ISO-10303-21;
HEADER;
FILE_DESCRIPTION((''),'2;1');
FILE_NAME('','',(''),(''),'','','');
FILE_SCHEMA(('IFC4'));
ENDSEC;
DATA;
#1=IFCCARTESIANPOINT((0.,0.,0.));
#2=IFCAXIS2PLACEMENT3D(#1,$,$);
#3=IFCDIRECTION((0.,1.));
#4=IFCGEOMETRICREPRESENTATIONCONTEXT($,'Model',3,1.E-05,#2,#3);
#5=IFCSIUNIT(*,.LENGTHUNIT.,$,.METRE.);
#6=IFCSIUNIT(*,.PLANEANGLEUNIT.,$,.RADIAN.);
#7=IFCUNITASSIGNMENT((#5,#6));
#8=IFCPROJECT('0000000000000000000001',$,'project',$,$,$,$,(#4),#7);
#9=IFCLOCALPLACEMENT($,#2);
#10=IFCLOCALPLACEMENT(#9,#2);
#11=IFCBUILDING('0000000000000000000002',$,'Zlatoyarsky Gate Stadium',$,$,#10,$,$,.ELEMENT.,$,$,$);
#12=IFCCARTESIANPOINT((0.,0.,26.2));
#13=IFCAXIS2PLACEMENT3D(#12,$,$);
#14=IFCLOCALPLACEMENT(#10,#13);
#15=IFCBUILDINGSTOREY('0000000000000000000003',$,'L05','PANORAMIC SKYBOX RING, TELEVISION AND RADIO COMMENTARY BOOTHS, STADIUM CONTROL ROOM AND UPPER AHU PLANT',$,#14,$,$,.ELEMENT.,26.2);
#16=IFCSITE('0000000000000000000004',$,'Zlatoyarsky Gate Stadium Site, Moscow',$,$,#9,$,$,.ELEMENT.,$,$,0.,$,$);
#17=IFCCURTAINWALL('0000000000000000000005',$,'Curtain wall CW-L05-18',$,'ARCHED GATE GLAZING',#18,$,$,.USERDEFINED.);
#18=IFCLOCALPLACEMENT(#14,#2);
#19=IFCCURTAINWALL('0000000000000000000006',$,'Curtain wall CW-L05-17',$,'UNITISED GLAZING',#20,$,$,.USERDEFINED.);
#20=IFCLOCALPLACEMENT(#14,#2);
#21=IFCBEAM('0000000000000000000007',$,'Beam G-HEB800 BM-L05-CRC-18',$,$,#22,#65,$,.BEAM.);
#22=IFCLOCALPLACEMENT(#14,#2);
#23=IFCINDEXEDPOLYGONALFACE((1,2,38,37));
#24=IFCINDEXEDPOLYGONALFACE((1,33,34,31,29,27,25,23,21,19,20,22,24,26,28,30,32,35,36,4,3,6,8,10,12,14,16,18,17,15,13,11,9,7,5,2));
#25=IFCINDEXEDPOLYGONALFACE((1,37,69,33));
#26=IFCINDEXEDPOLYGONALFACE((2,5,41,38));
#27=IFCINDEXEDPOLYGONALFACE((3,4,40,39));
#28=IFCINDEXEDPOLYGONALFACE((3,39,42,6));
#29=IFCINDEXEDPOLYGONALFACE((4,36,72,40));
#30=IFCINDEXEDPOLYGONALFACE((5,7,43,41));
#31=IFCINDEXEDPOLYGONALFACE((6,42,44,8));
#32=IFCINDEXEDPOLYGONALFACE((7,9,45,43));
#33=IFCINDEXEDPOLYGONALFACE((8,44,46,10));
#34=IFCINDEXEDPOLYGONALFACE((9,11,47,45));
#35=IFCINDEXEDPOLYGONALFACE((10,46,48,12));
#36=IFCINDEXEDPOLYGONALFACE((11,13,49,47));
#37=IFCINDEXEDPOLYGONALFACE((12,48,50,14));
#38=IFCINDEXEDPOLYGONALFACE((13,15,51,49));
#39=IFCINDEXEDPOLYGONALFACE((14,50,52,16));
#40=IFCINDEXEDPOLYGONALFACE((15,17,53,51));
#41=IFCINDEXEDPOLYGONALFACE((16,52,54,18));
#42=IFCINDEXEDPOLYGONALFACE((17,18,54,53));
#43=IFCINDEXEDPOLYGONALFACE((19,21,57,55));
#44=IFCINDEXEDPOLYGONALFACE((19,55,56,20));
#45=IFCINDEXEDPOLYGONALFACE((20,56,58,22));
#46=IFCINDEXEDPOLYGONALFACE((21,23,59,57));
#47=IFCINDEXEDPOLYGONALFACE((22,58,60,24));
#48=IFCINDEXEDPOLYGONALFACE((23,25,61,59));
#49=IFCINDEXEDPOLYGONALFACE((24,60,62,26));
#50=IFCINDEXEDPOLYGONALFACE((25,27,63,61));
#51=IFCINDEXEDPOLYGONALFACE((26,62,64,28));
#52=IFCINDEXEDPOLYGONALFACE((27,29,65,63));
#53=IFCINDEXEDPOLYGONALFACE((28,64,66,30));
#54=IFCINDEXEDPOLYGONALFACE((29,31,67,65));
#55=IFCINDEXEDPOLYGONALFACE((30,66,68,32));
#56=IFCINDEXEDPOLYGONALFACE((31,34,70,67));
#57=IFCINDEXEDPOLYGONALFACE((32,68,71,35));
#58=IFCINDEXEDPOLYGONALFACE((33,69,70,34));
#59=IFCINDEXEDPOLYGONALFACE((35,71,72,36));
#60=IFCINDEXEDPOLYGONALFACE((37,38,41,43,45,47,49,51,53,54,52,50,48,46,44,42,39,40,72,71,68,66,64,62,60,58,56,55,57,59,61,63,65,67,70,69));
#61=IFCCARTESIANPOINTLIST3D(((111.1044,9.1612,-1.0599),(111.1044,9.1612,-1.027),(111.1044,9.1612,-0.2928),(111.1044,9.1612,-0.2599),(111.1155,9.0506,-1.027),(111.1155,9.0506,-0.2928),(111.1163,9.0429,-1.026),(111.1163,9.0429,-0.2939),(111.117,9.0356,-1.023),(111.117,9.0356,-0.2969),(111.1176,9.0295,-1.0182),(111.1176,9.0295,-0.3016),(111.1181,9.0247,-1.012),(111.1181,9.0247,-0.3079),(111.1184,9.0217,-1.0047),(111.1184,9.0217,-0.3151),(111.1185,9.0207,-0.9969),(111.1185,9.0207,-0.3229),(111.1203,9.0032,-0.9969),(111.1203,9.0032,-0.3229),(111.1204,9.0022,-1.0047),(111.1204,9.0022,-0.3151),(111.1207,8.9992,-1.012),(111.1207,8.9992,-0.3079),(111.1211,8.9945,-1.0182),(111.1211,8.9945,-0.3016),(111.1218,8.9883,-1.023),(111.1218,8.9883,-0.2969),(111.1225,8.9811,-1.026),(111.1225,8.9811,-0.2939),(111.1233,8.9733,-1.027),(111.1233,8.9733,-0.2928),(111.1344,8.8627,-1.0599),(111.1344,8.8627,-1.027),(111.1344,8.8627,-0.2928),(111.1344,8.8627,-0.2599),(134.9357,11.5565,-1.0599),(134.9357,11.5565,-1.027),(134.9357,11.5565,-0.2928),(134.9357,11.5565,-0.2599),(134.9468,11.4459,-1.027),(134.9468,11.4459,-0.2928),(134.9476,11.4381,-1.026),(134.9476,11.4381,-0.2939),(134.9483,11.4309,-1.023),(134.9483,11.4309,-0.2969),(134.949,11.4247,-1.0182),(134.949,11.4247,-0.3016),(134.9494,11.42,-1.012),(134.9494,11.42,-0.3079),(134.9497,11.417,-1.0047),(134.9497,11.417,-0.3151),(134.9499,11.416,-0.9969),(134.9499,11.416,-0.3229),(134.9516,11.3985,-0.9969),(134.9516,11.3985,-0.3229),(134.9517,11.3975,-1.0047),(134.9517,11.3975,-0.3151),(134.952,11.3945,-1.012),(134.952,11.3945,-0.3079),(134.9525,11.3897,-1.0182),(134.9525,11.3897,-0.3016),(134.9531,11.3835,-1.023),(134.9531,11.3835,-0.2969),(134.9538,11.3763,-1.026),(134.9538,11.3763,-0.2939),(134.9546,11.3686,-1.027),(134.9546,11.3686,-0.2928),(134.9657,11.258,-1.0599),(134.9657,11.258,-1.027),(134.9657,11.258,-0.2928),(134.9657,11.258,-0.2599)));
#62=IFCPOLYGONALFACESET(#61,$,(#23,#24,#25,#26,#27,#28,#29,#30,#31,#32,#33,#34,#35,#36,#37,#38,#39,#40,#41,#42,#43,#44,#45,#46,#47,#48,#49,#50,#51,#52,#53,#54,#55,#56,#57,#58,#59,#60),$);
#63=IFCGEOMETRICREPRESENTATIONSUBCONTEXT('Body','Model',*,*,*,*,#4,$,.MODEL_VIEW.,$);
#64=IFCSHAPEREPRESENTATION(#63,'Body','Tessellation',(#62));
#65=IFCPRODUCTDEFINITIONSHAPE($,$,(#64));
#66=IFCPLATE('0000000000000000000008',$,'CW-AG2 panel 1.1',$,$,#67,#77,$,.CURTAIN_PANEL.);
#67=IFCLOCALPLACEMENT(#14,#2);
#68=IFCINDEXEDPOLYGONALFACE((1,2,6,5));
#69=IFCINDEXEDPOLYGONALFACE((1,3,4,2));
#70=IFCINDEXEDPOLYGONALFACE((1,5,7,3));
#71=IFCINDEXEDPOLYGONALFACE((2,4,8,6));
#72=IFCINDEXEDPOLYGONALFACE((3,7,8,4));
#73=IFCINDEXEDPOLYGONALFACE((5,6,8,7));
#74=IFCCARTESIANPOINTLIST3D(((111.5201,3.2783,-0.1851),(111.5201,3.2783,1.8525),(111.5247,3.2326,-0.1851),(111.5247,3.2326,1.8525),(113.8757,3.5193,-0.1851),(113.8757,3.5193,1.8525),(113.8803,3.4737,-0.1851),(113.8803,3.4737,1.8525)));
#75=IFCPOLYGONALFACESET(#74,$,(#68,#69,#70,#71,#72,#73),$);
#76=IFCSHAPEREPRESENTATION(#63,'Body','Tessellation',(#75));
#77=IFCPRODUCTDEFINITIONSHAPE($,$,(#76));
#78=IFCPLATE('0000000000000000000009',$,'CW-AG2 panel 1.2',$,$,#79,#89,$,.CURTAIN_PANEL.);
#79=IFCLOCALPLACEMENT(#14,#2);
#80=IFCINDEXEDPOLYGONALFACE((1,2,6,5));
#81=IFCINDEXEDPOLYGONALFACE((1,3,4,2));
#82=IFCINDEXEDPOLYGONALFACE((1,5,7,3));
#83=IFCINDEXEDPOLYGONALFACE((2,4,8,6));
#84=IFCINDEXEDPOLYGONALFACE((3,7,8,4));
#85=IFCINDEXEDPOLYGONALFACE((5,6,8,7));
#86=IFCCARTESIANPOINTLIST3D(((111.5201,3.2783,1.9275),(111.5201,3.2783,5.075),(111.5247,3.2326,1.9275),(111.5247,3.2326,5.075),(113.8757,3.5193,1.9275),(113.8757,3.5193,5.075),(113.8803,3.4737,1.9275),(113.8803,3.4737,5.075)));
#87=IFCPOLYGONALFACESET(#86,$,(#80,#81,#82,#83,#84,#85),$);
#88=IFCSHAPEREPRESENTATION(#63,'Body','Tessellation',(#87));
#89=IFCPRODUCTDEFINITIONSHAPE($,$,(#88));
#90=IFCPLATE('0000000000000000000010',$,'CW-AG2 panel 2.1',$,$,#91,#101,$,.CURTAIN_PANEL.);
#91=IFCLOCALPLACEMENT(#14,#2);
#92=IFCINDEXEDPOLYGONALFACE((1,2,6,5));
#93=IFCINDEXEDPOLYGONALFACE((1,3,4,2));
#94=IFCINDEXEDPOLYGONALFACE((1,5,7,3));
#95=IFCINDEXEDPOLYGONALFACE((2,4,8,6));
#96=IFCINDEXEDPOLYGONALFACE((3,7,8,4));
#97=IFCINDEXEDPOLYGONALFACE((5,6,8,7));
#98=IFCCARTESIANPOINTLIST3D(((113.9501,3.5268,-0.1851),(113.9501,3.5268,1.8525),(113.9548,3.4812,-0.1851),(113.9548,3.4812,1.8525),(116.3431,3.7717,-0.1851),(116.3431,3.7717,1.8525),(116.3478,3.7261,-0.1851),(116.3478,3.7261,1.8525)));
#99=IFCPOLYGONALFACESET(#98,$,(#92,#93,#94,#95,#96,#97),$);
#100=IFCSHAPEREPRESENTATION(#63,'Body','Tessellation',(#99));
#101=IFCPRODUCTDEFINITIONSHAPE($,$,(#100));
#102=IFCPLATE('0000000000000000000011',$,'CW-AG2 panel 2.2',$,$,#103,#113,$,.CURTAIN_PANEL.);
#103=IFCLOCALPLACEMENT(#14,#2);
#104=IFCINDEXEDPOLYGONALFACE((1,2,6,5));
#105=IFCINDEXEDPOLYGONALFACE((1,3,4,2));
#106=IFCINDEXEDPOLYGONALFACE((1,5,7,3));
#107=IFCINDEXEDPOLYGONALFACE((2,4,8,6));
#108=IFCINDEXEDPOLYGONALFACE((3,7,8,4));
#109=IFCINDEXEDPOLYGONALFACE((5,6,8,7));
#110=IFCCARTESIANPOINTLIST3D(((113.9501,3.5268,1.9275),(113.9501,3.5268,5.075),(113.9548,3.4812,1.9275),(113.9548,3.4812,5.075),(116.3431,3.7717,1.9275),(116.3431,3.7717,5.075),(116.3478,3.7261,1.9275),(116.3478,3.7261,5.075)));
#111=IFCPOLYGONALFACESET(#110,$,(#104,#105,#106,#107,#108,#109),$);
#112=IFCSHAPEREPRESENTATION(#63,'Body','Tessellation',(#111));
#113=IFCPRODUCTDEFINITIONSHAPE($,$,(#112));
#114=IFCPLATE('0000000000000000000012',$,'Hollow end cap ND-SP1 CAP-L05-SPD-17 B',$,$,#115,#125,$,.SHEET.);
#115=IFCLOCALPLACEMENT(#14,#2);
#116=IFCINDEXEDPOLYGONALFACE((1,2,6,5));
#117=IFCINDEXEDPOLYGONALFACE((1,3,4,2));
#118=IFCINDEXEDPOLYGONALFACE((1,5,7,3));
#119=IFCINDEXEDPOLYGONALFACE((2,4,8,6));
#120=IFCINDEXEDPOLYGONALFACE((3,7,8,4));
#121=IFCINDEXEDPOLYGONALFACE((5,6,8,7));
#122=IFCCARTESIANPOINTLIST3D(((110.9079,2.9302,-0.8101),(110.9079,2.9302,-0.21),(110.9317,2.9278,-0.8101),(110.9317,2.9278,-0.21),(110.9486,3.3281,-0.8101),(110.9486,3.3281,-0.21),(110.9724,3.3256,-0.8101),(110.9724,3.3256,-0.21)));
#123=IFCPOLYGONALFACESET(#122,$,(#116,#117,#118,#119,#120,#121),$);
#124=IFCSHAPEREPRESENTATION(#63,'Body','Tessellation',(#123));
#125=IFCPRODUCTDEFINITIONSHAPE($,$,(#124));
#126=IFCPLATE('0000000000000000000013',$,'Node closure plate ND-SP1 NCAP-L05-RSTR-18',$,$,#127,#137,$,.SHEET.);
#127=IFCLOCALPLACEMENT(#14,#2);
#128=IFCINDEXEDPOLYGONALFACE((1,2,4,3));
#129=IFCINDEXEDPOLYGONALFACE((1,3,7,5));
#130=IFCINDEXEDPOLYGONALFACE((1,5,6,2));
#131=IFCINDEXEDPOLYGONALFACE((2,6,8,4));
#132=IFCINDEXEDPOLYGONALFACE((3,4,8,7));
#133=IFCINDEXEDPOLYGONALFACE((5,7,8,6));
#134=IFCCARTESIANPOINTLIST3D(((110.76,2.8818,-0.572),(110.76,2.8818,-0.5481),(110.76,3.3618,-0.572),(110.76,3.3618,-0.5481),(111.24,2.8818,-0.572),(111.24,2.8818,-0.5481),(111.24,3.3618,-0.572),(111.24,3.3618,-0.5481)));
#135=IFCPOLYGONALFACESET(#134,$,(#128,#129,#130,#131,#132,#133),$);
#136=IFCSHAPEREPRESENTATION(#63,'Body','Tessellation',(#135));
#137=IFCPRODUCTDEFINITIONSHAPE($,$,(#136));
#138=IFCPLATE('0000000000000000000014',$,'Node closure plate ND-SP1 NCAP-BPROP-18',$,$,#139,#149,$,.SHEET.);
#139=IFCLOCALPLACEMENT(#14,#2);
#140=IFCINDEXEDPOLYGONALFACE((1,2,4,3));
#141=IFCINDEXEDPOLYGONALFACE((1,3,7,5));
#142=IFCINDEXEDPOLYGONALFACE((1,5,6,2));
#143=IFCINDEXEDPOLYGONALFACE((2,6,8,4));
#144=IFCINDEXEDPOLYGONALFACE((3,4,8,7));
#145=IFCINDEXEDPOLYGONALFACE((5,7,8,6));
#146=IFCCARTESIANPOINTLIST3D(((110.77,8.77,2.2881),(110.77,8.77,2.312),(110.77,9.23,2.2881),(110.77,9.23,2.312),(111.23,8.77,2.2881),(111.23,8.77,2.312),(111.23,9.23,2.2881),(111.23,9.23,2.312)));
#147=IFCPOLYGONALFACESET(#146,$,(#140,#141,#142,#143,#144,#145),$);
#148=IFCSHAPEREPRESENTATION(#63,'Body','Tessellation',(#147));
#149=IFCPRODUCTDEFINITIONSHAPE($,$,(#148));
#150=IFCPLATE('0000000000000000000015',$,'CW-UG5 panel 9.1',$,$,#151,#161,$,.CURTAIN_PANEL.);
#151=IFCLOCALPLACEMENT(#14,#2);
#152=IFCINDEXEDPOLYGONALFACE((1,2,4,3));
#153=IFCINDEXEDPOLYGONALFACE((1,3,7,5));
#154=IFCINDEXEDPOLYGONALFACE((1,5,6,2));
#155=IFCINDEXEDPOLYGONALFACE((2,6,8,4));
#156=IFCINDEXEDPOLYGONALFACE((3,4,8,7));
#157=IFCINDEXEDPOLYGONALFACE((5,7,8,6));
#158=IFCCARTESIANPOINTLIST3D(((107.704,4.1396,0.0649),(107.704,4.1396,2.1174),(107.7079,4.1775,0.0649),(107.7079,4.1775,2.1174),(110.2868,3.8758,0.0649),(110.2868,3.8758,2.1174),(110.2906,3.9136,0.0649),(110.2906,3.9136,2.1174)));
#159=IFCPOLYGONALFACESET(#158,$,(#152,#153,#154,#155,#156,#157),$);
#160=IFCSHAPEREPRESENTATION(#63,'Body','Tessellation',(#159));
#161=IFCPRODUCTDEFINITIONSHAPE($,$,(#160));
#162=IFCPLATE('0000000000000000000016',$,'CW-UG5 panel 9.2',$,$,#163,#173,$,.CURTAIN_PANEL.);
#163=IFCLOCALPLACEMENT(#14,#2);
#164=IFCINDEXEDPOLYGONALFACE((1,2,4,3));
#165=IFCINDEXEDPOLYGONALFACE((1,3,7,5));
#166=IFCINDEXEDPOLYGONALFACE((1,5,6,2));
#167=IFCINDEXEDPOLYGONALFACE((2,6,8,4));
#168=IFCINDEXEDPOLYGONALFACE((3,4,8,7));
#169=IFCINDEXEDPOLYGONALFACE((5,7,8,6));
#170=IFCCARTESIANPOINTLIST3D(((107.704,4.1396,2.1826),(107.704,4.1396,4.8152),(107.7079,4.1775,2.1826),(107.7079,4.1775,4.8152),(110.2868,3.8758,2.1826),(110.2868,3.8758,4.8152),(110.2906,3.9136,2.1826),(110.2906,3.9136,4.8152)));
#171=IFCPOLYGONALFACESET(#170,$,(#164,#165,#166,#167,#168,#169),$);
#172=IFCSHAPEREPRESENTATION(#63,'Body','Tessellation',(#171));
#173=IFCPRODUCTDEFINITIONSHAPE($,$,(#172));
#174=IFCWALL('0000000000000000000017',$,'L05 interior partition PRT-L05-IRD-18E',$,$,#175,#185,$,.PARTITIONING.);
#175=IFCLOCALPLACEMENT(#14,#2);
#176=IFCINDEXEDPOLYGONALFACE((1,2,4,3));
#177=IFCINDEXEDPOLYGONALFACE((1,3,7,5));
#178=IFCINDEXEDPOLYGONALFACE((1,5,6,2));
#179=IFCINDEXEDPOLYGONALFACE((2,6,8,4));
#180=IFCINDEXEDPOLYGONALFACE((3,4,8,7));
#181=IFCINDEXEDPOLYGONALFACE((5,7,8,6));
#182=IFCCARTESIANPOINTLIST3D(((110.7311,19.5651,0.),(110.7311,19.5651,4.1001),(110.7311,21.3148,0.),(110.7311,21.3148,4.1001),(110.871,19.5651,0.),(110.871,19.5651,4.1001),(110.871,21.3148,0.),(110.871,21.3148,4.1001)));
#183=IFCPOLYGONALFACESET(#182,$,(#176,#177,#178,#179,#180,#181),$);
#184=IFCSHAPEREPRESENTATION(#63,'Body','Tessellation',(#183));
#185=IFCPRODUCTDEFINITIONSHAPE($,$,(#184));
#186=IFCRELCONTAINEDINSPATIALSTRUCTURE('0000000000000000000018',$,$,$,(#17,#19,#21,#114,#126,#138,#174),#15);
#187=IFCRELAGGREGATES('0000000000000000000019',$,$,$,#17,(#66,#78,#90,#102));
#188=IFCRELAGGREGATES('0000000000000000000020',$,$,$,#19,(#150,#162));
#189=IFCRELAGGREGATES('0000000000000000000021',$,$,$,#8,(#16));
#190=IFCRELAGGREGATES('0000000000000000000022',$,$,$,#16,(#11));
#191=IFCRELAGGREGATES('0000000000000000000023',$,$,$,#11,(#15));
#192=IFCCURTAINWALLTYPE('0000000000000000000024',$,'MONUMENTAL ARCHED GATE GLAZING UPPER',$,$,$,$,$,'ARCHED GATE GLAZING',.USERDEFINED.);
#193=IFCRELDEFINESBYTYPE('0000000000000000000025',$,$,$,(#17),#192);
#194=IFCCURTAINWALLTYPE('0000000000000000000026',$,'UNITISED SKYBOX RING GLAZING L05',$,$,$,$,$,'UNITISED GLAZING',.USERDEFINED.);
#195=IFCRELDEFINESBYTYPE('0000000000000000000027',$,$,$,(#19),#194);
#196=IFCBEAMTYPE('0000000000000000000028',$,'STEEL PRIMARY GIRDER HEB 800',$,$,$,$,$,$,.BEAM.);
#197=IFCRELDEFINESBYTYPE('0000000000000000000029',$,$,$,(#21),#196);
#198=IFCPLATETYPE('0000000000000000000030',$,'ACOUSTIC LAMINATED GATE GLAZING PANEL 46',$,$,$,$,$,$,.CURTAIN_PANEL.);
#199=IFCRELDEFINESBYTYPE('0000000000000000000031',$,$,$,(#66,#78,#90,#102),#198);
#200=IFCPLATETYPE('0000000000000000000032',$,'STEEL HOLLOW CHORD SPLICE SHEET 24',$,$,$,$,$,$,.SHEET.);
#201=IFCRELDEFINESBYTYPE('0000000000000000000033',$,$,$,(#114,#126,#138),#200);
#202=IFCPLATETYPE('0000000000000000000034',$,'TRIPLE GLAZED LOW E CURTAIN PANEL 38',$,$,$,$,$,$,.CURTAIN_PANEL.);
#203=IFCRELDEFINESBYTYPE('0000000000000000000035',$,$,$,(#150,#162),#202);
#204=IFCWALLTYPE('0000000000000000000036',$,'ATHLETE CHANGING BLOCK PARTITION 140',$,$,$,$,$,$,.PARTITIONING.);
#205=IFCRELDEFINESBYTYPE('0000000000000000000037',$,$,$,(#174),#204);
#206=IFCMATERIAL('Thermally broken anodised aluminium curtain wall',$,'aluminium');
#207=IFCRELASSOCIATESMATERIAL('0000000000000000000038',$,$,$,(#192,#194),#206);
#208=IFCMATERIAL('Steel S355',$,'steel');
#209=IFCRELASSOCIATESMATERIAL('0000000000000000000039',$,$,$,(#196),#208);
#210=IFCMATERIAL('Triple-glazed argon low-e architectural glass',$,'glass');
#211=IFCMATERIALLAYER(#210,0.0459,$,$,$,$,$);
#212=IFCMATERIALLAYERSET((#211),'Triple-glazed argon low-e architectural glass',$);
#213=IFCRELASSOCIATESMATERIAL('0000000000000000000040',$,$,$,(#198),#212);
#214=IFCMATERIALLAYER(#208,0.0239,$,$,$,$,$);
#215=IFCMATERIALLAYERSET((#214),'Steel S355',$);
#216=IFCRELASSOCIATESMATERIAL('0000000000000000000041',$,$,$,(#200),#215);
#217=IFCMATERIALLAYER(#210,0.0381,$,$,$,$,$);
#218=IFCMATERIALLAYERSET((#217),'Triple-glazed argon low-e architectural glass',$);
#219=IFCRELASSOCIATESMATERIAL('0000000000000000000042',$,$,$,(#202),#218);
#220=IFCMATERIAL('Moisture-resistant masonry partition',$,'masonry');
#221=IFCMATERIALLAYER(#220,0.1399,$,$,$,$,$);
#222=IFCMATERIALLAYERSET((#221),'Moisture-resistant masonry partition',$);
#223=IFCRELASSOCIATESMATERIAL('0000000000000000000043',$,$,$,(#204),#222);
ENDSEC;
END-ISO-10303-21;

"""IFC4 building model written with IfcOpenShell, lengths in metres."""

from ifc_helpers import new_model, si_unit, direction, frame, frame_2d, origin, origin_2d, place, context, subcontext, project, spatial, rectangle, i_section, extrude, material, layer, layer_set, material_profile, profile_set, type_object, element, aggregate, save


model = new_model("IFC4")

# Units and contexts
model_context = context("Model", 3, precision=1e-05, world=origin(), true_north=direction((0.0, 1.0)))
body_context = subcontext(model_context, "Body", "Model", "MODEL_VIEW")
ifc_project = project(units=[si_unit("LENGTHUNIT", "METRE"), si_unit("PLANEANGLEUNIT", "RADIAN")], contexts=[model_context])

# Site, building, storey
site_placement = place(None, origin())
site = spatial("IfcSite", under=ifc_project, at=site_placement, Name="Zlatoyarsky Gate Stadium Site, Moscow", CompositionType="ELEMENT", RefElevation=0.0)
building_placement = place(site_placement, origin())
building = spatial("IfcBuilding", under=site, at=building_placement, Name="Zlatoyarsky Gate Stadium", CompositionType="ELEMENT")
storey_placement = place(building_placement, frame((0.0, 0.0, 26.2)))
storey = spatial("IfcBuildingStorey", under=building, at=storey_placement, Name="L05", Description="PANORAMIC SKYBOX RING, TELEVISION AND RADIO COMMENTARY BOOTHS, STADIUM CONTROL ROOM AND UPPER AHU PLANT", CompositionType="ELEMENT", Elevation=26.2)

# Shared definitions
ifc_material_1 = material(Name="Steel S355", Category="steel")

# Curtain wall
ifc_material_2 = material(Name="Thermally broken anodised aluminium curtain wall", Category="aluminium")
curtain_wall_type_1 = type_object("IfcCurtainWallType", Name="MONUMENTAL ARCHED GATE GLAZING UPPER", ElementType="ARCHED GATE GLAZING", PredefinedType="USERDEFINED", material=ifc_material_2)
curtain_wall_1_placement = place(storey_placement, origin())
curtain_wall_1 = element("IfcCurtainWall", 1, at=curtain_wall_1_placement, inside=storey, type_object=curtain_wall_type_1, Name="Curtain wall CW-L05-18", ObjectType="ARCHED GATE GLAZING", PredefinedType="USERDEFINED")

# Curtain wall
curtain_wall_type_2 = type_object("IfcCurtainWallType", Name="UNITISED SKYBOX RING GLAZING L05", ElementType="UNITISED GLAZING", PredefinedType="USERDEFINED", material=ifc_material_2)
curtain_wall_2_placement = place(storey_placement, origin())
curtain_wall_2 = element("IfcCurtainWall", 2, at=curtain_wall_2_placement, inside=storey, type_object=curtain_wall_type_2, Name="Curtain wall CW-L05-17", ObjectType="UNITISED GLAZING", PredefinedType="USERDEFINED")

# Beam
ifc_material_profile_1 = material_profile(ifc_material_1, i_section(OverallWidth=0.3, OverallDepth=0.8, WebThickness=0.0176, FlangeThickness=0.033, FilletRadius=0.03, at=origin_2d()), Name="HEB 800")
ifc_profile_set_1 = profile_set([ifc_material_profile_1], Name="Steel S355")
beam_type_1 = type_object("IfcBeamType", Name="STEEL PRIMARY GIRDER HEB 800", PredefinedType="BEAM", material=ifc_profile_set_1)
beam_1_placement = place(storey_placement, frame((111.1194, 9.012, -0.6599), z_axis=(0.994987, 0.100005, 0.0), x_axis=(-0.100005, 0.994987, 0.0)))
element("IfcBeam", 3, at=beam_1_placement, inside=storey, type_object=beam_type_1, Name="Beam G-HEB800 BM-L05-CRC-18", PredefinedType="BEAM", context=body_context, shape_type="SweptSolid", body=[
    extrude(i_section(OverallWidth=0.3, OverallDepth=0.8, WebThickness=0.0176, FlangeThickness=0.033, FilletRadius=0.03, at=origin_2d()), origin(), (0.0, 0.0, 1.0), 23.9514),
])

# Plates
ifc_material_3 = material(Name="Triple-glazed argon low-e architectural glass", Category="glass")
ifc_layer_1 = layer(ifc_material_3, 0.0459)
ifc_layer_set_1 = layer_set([ifc_layer_1], Name="Triple-glazed argon low-e architectural glass")
plate_type_1 = type_object("IfcPlateType", Name="ACOUSTIC LAMINATED GATE GLAZING PANEL 46", PredefinedType="CURTAIN_PANEL", material=ifc_layer_set_1)
plate_1_placement = place(storey_placement, frame((112.7002, 3.376, -0.1851), z_axis=(0.0, 0.0, 1.0), x_axis=(0.994804, 0.101805, 0.0)))
plate_1 = element("IfcPlate", 4, at=plate_1_placement, type_object=plate_type_1, Name="CW-AG2 panel 1.1", PredefinedType="CURTAIN_PANEL", context=body_context, shape_type="SweptSolid", body=[
    extrude(rectangle(XDim=2.3679, YDim=0.0459, at=origin_2d()), origin(), (0.0, 0.0, 1.0), 2.0376),
])
plate_2_placement = place(storey_placement, frame((112.7002, 3.376, 1.9275), z_axis=(0.0, 0.0, 1.0), x_axis=(0.994804, 0.101805, 0.0)))
plate_2 = element("IfcPlate", 5, at=plate_2_placement, type_object=plate_type_1, Name="CW-AG2 panel 1.2", PredefinedType="CURTAIN_PANEL", context=body_context, shape_type="SweptSolid", body=[
    extrude(rectangle(XDim=2.3679, YDim=0.0459, at=origin_2d()), origin(), (0.0, 0.0, 1.0), 3.1475),
])
plate_3_placement = place(storey_placement, frame((115.1489, 3.6265, -0.1851), z_axis=(0.0, 0.0, 1.0), x_axis=(0.994804, 0.101805, 0.0)))
plate_3 = element("IfcPlate", 6, at=plate_3_placement, type_object=plate_type_1, Name="CW-AG2 panel 2.1", PredefinedType="CURTAIN_PANEL", context=body_context, shape_type="SweptSolid", body=[
    extrude(rectangle(XDim=2.4055, YDim=0.0459, at=origin_2d()), origin(), (0.0, 0.0, 1.0), 2.0376),
])
plate_4_placement = place(storey_placement, frame((115.1489, 3.6265, 1.9275), z_axis=(0.0, 0.0, 1.0), x_axis=(0.994804, 0.101805, 0.0)))
plate_4 = element("IfcPlate", 7, at=plate_4_placement, type_object=plate_type_1, Name="CW-AG2 panel 2.2", PredefinedType="CURTAIN_PANEL", context=body_context, shape_type="SweptSolid", body=[
    extrude(rectangle(XDim=2.4055, YDim=0.0459, at=origin_2d()), origin(), (0.0, 0.0, 1.0), 3.1475),
])
aggregate(curtain_wall_1, [plate_1, plate_2, plate_3, plate_4])

# Plates
ifc_layer_2 = layer(ifc_material_1, 0.0239)
ifc_layer_set_2 = layer_set([ifc_layer_2], Name="Steel S355")
plate_type_2 = type_object("IfcPlateType", Name="STEEL HOLLOW CHORD SPLICE SHEET 24", PredefinedType="SHEET", material=ifc_layer_set_2)
plate_5_placement = place(storey_placement, frame((110.9402, 3.1279, -0.8101), z_axis=(0.0, 0.0, 1.0), x_axis=(0.994802, -0.10183, 0.0)))
element("IfcPlate", 8, at=plate_5_placement, inside=storey, type_object=plate_type_2, Name="Hollow end cap ND-SP1 CAP-L05-SPD-17 B", PredefinedType="SHEET", context=body_context, shape_type="SweptSolid", body=[
    extrude(rectangle(XDim=0.0239, YDim=0.3999, at=origin_2d()), origin(), (0.0, 0.0, 1.0), 0.6001),
])
plate_6_placement = place(storey_placement, frame((111.0, 3.1218, -0.572), z_axis=(0.0, 0.0, 1.0), x_axis=(1.0, 0.0, 0.0)))
element("IfcPlate", 9, at=plate_6_placement, inside=storey, type_object=plate_type_2, Name="Node closure plate ND-SP1 NCAP-L05-RSTR-18", PredefinedType="SHEET", context=body_context, shape_type="SweptSolid", body=[
    extrude(rectangle(XDim=0.48, YDim=0.48, at=origin_2d()), origin(), (0.0, 0.0, 1.0), 0.0239),
])
plate_7_placement = place(storey_placement, frame((111.0, 9.0, 2.2881), z_axis=(0.0, 0.0, 1.0), x_axis=(1.0, 0.0, 0.0)))
element("IfcPlate", 10, at=plate_7_placement, inside=storey, type_object=plate_type_2, Name="Node closure plate ND-SP1 NCAP-BPROP-18", PredefinedType="SHEET", context=body_context, shape_type="SweptSolid", body=[
    extrude(rectangle(XDim=0.46, YDim=0.46, at=origin_2d()), origin(), (0.0, 0.0, 1.0), 0.0239),
])

# Plates
ifc_layer_3 = layer(ifc_material_3, 0.0381)
ifc_layer_set_3 = layer_set([ifc_layer_3], Name="Triple-glazed argon low-e architectural glass")
plate_type_3 = type_object("IfcPlateType", Name="TRIPLE GLAZED LOW E CURTAIN PANEL 38", PredefinedType="CURTAIN_PANEL", material=ifc_layer_set_3)
plate_8_placement = place(storey_placement, frame((108.9973, 4.0266, 0.0649), z_axis=(0.0, 0.0, 1.0), x_axis=(0.994823, -0.101618, 0.0)))
plate_8 = element("IfcPlate", 11, at=plate_8_placement, type_object=plate_type_3, Name="CW-UG5 panel 9.1", PredefinedType="CURTAIN_PANEL", context=body_context, shape_type="SweptSolid", body=[
    extrude(rectangle(XDim=2.5962, YDim=0.0381, at=origin_2d()), origin(), (0.0, 0.0, 1.0), 2.0525),
])
plate_9_placement = place(storey_placement, frame((108.9973, 4.0266, 2.1826), z_axis=(0.0, 0.0, 1.0), x_axis=(0.994823, -0.101618, 0.0)))
plate_9 = element("IfcPlate", 12, at=plate_9_placement, type_object=plate_type_3, Name="CW-UG5 panel 9.2", PredefinedType="CURTAIN_PANEL", context=body_context, shape_type="SweptSolid", body=[
    extrude(rectangle(XDim=2.5962, YDim=0.0381, at=origin_2d()), origin(), (0.0, 0.0, 1.0), 2.6326),
])
aggregate(curtain_wall_2, [plate_8, plate_9])

# Wall
ifc_material_4 = material(Name="Moisture-resistant masonry partition", Category="masonry")
ifc_layer_4 = layer(ifc_material_4, 0.1399)
ifc_layer_set_4 = layer_set([ifc_layer_4], Name="Moisture-resistant masonry partition")
wall_type_1 = type_object("IfcWallType", Name="ATHLETE CHANGING BLOCK PARTITION 140", PredefinedType="PARTITIONING", material=ifc_layer_set_4)
wall_1_placement = place(storey_placement, frame((110.801, 21.3149, 0.0), z_axis=(0.0, 0.0, 1.0), x_axis=(0.0, -1.0, 0.0)))
element("IfcWall", 13, at=wall_1_placement, inside=storey, type_object=wall_type_1, Name="L05 interior partition PRT-L05-IRD-18E", PredefinedType="PARTITIONING", context=body_context, shape_type="SweptSolid", body=[
    extrude(rectangle(XDim=1.7498, YDim=0.1399, at=frame_2d((0.875, 0.0))), origin(), (0.0, 0.0, 1.0), 4.1001),
])

save(model, "model.ifc")
